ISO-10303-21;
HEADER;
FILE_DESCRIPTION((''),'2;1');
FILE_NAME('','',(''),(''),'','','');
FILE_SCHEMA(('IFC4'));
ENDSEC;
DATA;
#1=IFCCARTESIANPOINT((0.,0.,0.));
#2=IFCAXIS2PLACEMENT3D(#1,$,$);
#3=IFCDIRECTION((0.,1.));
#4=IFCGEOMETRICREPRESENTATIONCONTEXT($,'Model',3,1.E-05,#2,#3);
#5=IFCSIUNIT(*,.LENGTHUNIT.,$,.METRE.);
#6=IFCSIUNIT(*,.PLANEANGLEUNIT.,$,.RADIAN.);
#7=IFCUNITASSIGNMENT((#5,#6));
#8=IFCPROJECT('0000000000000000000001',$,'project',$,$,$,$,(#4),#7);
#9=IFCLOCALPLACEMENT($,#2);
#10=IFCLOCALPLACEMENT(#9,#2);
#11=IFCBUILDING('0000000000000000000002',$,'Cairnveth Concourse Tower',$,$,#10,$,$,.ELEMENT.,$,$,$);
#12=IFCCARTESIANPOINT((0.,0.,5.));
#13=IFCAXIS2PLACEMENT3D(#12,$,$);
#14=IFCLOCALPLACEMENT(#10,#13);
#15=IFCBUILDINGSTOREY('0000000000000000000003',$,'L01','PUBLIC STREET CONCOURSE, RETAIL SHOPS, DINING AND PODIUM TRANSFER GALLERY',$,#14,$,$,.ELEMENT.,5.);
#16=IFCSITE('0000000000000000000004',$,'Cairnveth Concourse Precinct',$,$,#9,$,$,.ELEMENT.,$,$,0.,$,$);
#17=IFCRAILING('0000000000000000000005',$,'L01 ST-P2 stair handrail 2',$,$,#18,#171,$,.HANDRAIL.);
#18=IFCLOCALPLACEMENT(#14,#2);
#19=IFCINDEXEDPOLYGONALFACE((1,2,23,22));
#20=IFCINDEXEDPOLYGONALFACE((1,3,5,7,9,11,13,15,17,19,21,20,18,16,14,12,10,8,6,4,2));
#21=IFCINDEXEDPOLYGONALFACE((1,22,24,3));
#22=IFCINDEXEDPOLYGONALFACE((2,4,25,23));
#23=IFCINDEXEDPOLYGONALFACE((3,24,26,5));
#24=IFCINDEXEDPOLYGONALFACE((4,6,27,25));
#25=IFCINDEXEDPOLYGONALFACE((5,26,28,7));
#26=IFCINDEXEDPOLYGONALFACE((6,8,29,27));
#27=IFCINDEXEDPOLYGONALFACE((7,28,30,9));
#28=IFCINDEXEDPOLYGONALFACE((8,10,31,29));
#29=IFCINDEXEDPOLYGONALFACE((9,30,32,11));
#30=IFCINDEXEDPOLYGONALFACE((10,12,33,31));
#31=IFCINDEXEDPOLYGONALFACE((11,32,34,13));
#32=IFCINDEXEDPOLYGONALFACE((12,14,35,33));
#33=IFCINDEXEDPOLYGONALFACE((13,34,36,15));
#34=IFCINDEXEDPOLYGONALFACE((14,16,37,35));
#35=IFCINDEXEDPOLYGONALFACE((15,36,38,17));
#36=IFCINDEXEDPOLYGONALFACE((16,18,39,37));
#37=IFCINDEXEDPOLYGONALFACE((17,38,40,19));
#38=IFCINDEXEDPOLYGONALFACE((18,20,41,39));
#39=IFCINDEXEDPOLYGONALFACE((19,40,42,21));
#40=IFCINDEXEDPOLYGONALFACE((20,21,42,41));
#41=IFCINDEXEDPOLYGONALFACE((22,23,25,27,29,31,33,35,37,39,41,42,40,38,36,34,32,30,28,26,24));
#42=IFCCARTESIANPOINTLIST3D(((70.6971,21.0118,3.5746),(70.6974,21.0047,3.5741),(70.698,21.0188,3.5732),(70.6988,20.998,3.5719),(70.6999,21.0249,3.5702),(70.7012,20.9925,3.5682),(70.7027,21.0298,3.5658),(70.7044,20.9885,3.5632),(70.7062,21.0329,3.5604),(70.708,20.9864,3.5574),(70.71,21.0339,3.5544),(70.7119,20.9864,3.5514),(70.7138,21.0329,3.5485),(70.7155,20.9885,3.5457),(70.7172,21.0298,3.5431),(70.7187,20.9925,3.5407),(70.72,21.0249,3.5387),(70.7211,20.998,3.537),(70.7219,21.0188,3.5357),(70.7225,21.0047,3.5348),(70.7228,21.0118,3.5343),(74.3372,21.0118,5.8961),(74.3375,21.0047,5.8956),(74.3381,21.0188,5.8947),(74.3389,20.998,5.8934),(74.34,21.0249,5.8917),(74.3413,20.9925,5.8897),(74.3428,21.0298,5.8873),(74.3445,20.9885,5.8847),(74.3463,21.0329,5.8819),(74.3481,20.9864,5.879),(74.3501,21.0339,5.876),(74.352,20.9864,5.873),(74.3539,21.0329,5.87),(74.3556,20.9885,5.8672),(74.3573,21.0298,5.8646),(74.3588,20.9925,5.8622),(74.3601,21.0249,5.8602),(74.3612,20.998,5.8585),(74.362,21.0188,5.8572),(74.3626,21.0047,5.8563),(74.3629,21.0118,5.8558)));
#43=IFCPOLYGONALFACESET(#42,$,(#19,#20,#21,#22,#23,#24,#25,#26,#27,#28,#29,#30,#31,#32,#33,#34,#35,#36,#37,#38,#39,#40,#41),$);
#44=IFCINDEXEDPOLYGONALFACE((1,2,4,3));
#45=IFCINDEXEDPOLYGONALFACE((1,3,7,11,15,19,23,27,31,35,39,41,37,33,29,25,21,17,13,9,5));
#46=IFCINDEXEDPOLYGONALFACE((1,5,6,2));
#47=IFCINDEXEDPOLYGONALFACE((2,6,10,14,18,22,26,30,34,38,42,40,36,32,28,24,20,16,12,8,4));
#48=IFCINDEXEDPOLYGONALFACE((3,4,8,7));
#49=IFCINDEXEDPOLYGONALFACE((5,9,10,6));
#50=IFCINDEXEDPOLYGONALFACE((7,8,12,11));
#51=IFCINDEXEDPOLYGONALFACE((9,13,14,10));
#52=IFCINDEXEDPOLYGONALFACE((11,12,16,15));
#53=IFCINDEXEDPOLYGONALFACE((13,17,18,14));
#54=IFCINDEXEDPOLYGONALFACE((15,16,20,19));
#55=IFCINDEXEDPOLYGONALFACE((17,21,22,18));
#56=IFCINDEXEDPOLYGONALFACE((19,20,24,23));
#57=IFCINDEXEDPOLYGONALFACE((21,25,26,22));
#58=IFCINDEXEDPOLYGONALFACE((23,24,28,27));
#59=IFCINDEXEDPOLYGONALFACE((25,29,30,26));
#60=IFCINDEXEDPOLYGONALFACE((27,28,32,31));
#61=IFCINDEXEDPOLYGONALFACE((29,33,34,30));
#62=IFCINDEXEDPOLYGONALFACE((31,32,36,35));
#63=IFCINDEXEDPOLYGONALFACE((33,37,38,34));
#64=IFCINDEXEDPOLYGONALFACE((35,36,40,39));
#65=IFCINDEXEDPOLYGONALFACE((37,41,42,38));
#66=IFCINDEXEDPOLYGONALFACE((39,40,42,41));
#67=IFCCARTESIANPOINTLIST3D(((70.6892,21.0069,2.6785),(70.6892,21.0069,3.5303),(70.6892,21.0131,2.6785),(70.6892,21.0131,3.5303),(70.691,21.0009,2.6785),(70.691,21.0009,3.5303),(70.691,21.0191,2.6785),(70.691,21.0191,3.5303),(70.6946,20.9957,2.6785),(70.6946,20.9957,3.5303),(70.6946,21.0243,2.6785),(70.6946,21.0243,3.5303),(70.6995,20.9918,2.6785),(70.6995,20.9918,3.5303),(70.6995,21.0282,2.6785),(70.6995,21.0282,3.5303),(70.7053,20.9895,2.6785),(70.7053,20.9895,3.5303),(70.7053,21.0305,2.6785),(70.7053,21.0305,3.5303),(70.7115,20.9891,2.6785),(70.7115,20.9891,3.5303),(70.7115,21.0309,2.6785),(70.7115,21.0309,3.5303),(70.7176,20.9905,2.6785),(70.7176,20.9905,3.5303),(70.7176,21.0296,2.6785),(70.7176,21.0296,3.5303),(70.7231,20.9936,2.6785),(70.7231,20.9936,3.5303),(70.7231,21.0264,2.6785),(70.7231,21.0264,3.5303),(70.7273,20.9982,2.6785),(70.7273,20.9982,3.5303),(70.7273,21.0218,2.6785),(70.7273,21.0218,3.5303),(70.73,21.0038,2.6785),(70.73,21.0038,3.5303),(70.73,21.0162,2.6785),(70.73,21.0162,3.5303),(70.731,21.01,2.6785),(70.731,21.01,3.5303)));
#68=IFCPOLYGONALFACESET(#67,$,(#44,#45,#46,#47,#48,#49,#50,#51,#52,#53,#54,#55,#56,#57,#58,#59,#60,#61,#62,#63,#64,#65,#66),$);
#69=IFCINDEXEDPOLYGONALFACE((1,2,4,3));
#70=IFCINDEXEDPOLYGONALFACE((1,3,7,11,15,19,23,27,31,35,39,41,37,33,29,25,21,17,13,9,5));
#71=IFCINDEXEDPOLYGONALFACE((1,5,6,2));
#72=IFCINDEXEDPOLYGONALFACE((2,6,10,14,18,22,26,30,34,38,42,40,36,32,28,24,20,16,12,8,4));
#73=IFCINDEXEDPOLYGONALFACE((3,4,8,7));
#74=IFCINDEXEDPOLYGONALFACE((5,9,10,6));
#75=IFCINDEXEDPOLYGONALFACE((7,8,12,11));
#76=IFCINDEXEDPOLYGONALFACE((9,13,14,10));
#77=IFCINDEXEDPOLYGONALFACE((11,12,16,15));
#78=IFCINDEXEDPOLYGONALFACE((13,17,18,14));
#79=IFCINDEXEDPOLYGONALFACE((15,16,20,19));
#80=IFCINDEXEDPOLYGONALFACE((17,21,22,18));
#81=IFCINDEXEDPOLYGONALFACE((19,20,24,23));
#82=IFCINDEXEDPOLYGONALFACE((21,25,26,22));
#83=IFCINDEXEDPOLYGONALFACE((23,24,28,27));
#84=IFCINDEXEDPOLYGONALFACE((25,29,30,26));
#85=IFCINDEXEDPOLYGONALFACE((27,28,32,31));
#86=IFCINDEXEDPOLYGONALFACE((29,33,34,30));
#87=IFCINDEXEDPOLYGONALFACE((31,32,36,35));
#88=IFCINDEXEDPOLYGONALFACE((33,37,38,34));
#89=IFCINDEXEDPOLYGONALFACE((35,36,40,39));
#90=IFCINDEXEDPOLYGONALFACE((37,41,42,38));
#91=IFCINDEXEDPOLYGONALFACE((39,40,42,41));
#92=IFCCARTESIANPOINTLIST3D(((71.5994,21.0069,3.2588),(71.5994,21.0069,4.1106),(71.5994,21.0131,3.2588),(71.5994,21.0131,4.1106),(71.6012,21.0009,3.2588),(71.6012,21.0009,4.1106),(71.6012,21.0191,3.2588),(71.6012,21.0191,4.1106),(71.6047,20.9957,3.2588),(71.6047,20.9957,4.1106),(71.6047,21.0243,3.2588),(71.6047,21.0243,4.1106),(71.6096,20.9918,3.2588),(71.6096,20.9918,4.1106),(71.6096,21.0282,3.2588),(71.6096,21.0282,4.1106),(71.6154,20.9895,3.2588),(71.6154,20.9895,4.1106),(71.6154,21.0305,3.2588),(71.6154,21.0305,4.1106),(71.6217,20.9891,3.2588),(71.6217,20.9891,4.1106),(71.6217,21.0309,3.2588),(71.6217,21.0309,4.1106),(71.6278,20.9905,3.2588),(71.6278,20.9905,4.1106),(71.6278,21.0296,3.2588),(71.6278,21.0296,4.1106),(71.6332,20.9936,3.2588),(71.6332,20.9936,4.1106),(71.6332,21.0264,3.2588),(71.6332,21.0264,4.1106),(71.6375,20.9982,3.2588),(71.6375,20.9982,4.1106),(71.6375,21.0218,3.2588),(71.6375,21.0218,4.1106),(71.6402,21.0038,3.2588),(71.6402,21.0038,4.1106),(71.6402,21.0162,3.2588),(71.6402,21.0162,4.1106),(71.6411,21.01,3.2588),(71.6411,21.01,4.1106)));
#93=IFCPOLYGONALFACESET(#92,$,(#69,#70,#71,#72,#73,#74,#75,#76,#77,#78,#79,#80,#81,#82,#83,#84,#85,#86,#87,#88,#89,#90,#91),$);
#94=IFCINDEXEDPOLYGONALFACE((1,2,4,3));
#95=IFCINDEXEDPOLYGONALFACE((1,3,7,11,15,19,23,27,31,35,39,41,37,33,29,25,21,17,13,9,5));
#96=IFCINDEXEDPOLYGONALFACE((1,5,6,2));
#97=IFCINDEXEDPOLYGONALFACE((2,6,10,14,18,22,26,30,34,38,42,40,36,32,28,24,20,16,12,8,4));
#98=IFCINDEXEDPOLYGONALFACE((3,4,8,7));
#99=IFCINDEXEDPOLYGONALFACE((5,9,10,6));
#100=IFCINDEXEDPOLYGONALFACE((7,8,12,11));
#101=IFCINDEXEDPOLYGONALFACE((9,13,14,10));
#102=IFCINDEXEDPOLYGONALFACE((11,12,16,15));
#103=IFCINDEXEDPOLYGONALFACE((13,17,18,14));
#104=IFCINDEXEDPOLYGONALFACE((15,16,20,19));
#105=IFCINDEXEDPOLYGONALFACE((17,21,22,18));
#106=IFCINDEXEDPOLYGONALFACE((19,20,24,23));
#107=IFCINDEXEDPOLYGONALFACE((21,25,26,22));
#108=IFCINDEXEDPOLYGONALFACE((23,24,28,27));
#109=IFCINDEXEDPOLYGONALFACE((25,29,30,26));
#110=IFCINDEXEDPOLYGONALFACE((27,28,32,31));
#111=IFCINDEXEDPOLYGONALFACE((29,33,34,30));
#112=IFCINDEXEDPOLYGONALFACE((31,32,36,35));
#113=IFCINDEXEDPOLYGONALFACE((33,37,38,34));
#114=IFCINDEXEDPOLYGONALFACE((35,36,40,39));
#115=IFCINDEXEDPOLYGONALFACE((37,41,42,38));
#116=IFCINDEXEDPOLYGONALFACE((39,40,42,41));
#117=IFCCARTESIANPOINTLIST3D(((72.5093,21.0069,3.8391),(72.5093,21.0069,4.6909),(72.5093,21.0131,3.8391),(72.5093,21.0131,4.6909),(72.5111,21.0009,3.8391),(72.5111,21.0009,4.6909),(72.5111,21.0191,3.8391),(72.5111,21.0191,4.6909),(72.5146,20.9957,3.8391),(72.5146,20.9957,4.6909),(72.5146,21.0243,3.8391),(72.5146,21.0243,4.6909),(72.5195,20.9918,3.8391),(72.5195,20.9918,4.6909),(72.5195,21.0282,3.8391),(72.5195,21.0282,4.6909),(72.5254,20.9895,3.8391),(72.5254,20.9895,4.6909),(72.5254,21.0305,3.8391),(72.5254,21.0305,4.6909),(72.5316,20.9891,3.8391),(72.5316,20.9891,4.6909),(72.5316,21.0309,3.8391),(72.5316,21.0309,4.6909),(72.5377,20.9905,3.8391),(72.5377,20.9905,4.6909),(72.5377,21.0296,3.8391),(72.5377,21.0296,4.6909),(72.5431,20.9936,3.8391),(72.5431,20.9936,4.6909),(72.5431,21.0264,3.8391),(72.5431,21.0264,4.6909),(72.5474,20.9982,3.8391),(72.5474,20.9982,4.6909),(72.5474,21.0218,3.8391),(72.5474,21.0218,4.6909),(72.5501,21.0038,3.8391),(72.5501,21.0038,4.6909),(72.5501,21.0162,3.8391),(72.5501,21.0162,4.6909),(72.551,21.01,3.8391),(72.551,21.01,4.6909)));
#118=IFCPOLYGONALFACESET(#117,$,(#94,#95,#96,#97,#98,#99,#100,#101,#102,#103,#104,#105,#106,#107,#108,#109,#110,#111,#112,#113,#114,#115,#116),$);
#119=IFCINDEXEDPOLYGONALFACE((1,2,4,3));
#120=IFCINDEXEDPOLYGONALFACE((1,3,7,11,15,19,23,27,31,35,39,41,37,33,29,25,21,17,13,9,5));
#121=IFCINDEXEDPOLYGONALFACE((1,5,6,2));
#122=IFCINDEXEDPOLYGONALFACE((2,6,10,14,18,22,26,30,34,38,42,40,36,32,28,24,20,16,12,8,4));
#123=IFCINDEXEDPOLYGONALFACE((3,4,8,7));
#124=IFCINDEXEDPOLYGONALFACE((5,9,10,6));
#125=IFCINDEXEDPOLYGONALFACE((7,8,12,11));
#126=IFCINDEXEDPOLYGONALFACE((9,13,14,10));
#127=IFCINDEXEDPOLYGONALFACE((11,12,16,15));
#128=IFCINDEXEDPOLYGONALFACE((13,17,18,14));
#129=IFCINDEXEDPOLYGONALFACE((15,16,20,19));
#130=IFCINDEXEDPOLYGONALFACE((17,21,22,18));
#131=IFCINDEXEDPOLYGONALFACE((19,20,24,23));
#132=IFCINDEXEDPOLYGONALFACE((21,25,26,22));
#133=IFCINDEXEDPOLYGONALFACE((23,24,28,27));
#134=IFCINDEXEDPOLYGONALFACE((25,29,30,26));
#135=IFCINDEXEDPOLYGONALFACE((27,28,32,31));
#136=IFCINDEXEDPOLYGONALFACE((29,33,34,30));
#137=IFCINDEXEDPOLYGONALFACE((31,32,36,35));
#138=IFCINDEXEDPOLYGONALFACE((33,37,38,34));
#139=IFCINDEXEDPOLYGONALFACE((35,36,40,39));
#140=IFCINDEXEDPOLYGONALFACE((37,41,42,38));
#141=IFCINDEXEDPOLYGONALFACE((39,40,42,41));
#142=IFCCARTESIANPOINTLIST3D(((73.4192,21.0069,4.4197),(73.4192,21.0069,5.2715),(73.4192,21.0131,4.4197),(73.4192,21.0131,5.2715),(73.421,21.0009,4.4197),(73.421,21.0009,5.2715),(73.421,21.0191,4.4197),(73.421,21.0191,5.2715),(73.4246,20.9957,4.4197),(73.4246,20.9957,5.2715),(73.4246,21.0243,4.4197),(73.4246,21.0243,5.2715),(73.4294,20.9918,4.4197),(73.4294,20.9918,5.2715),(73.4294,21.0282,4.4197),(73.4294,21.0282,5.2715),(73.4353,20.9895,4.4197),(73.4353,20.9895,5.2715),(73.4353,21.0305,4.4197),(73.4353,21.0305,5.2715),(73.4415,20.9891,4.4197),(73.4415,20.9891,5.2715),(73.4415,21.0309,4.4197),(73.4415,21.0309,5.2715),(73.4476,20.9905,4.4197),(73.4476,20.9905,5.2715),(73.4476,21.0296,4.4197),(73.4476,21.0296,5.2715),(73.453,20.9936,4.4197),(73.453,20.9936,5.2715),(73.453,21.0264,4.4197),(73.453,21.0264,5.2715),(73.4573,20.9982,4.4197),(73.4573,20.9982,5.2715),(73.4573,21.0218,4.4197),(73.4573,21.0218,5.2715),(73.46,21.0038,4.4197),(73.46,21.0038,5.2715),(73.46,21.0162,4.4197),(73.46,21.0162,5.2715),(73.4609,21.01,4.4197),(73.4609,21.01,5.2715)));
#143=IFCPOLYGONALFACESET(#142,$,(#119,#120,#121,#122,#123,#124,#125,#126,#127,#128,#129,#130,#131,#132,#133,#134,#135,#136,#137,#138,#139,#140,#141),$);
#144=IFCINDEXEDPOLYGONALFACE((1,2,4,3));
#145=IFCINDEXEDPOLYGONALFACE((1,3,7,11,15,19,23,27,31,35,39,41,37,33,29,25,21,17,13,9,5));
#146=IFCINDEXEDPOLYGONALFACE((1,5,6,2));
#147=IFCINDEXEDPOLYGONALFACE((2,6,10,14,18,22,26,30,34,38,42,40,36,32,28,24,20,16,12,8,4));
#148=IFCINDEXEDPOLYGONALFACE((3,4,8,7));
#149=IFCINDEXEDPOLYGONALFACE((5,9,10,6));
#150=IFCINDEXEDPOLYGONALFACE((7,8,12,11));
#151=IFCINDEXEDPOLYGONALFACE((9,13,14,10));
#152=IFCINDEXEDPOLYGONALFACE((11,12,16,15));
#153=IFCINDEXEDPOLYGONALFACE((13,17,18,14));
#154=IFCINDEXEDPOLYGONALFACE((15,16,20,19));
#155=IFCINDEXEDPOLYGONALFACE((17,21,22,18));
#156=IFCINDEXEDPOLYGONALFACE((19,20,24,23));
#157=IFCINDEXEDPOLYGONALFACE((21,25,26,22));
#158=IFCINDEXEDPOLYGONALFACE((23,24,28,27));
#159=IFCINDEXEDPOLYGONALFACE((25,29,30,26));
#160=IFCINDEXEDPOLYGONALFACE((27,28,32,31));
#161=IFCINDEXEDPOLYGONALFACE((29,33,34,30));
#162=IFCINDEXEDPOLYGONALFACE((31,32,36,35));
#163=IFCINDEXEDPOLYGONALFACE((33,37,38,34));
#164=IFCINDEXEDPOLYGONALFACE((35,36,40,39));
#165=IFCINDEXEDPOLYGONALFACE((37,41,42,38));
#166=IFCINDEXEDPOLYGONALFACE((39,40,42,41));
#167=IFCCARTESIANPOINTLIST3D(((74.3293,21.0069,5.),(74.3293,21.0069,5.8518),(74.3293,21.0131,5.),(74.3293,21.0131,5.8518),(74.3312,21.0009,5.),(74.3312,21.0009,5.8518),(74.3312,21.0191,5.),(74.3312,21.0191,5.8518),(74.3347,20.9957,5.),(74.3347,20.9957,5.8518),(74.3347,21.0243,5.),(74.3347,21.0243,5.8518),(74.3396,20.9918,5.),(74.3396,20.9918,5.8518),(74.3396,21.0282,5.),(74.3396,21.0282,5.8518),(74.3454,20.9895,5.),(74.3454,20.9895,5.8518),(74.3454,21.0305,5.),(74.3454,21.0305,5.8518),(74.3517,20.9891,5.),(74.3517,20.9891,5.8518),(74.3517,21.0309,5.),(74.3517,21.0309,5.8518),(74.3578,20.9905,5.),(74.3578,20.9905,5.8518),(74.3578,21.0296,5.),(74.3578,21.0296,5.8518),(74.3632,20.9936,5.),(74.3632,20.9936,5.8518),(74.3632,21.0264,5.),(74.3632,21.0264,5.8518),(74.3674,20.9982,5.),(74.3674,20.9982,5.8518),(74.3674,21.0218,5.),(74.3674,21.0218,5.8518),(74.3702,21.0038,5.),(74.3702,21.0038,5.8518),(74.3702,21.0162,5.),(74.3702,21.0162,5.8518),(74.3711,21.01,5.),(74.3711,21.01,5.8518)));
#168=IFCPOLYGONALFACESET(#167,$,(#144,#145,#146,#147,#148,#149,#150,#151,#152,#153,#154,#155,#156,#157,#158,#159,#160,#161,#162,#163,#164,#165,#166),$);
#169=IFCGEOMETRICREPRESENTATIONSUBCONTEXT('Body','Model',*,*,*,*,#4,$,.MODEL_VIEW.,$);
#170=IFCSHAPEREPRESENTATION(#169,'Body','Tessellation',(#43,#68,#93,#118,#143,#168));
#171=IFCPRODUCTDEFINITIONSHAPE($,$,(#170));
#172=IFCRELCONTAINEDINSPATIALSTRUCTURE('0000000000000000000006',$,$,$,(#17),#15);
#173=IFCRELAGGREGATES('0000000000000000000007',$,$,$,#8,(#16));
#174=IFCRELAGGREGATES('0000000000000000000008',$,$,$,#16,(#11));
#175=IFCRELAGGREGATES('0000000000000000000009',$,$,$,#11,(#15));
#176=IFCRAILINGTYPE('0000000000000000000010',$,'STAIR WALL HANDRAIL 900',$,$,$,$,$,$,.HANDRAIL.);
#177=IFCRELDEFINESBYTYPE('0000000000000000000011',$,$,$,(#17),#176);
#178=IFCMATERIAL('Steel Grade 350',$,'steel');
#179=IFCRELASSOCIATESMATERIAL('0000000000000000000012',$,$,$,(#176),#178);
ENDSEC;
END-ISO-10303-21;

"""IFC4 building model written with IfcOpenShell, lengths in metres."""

from ifc_helpers import new_model, si_unit, direction, frame, origin, origin_2d, place, context, subcontext, project, spatial, circle, extrude, material, type_object, element, save


model = new_model("IFC4")

# Units and contexts
model_context = context("Model", 3, precision=1e-05, world=origin(), true_north=direction((0.0, 1.0)))
body_context = subcontext(model_context, "Body", "Model", "MODEL_VIEW")
ifc_project = project(units=[si_unit("LENGTHUNIT", "METRE"), si_unit("PLANEANGLEUNIT", "RADIAN")], contexts=[model_context])

# Site, building, storey
site_placement = place(None, origin())
site = spatial("IfcSite", under=ifc_project, at=site_placement, Name="Cairnveth Concourse Precinct", CompositionType="ELEMENT", RefElevation=0.0)
building_placement = place(site_placement, origin())
building = spatial("IfcBuilding", under=site, at=building_placement, Name="Cairnveth Concourse Tower", CompositionType="ELEMENT")
storey_placement = place(building_placement, frame((0.0, 0.0, 5.0)))
storey = spatial("IfcBuildingStorey", under=building, at=storey_placement, Name="L01", Description="PUBLIC STREET CONCOURSE, RETAIL SHOPS, DINING AND PODIUM TRANSFER GALLERY", CompositionType="ELEMENT", Elevation=5.0)

# Shared definitions
ifc_material_1 = material(Name="Steel Grade 350", Category="steel")

# Railing
railing_type_1 = type_object("IfcRailingType", Name="STAIR WALL HANDRAIL 900", PredefinedType="HANDRAIL", material=ifc_material_1)
railing_1_placement = place(storey_placement, frame((70.71, 21.01, 2.6785)))
element("IfcRailing", 1, at=railing_1_placement, inside=storey, type_object=railing_type_1, Name="L01 ST-P2 stair handrail 2", PredefinedType="HANDRAIL", context=body_context, shape_type="SweptSolid", body=[
    extrude(circle(Radius=0.0239, at=origin_2d()), frame((0.0, 0.0, 0.876), z_axis=(0.843128, 0.0, 0.537713), x_axis=(0.0, 1.0, 0.0)), (0.0, 0.0, 1.0), 4.3174),
    extrude(circle(Radius=0.021, at=origin_2d()), origin(), (0.0, 0.0, 1.0), 0.8518),
    extrude(circle(Radius=0.021, at=origin_2d()), frame((0.9102, 0.0, 0.5803)), (0.0, 0.0, 1.0), 0.8518),
    extrude(circle(Radius=0.021, at=origin_2d()), frame((1.8201, 0.0, 1.1606)), (0.0, 0.0, 1.0), 0.8518),
    extrude(circle(Radius=0.021, at=origin_2d()), frame((2.73, 0.0, 1.7412)), (0.0, 0.0, 1.0), 0.8518),
    extrude(circle(Radius=0.021, at=origin_2d()), frame((3.6401, 0.0, 2.3215)), (0.0, 0.0, 1.0), 0.8518),
])

save(model, "model.ifc")
